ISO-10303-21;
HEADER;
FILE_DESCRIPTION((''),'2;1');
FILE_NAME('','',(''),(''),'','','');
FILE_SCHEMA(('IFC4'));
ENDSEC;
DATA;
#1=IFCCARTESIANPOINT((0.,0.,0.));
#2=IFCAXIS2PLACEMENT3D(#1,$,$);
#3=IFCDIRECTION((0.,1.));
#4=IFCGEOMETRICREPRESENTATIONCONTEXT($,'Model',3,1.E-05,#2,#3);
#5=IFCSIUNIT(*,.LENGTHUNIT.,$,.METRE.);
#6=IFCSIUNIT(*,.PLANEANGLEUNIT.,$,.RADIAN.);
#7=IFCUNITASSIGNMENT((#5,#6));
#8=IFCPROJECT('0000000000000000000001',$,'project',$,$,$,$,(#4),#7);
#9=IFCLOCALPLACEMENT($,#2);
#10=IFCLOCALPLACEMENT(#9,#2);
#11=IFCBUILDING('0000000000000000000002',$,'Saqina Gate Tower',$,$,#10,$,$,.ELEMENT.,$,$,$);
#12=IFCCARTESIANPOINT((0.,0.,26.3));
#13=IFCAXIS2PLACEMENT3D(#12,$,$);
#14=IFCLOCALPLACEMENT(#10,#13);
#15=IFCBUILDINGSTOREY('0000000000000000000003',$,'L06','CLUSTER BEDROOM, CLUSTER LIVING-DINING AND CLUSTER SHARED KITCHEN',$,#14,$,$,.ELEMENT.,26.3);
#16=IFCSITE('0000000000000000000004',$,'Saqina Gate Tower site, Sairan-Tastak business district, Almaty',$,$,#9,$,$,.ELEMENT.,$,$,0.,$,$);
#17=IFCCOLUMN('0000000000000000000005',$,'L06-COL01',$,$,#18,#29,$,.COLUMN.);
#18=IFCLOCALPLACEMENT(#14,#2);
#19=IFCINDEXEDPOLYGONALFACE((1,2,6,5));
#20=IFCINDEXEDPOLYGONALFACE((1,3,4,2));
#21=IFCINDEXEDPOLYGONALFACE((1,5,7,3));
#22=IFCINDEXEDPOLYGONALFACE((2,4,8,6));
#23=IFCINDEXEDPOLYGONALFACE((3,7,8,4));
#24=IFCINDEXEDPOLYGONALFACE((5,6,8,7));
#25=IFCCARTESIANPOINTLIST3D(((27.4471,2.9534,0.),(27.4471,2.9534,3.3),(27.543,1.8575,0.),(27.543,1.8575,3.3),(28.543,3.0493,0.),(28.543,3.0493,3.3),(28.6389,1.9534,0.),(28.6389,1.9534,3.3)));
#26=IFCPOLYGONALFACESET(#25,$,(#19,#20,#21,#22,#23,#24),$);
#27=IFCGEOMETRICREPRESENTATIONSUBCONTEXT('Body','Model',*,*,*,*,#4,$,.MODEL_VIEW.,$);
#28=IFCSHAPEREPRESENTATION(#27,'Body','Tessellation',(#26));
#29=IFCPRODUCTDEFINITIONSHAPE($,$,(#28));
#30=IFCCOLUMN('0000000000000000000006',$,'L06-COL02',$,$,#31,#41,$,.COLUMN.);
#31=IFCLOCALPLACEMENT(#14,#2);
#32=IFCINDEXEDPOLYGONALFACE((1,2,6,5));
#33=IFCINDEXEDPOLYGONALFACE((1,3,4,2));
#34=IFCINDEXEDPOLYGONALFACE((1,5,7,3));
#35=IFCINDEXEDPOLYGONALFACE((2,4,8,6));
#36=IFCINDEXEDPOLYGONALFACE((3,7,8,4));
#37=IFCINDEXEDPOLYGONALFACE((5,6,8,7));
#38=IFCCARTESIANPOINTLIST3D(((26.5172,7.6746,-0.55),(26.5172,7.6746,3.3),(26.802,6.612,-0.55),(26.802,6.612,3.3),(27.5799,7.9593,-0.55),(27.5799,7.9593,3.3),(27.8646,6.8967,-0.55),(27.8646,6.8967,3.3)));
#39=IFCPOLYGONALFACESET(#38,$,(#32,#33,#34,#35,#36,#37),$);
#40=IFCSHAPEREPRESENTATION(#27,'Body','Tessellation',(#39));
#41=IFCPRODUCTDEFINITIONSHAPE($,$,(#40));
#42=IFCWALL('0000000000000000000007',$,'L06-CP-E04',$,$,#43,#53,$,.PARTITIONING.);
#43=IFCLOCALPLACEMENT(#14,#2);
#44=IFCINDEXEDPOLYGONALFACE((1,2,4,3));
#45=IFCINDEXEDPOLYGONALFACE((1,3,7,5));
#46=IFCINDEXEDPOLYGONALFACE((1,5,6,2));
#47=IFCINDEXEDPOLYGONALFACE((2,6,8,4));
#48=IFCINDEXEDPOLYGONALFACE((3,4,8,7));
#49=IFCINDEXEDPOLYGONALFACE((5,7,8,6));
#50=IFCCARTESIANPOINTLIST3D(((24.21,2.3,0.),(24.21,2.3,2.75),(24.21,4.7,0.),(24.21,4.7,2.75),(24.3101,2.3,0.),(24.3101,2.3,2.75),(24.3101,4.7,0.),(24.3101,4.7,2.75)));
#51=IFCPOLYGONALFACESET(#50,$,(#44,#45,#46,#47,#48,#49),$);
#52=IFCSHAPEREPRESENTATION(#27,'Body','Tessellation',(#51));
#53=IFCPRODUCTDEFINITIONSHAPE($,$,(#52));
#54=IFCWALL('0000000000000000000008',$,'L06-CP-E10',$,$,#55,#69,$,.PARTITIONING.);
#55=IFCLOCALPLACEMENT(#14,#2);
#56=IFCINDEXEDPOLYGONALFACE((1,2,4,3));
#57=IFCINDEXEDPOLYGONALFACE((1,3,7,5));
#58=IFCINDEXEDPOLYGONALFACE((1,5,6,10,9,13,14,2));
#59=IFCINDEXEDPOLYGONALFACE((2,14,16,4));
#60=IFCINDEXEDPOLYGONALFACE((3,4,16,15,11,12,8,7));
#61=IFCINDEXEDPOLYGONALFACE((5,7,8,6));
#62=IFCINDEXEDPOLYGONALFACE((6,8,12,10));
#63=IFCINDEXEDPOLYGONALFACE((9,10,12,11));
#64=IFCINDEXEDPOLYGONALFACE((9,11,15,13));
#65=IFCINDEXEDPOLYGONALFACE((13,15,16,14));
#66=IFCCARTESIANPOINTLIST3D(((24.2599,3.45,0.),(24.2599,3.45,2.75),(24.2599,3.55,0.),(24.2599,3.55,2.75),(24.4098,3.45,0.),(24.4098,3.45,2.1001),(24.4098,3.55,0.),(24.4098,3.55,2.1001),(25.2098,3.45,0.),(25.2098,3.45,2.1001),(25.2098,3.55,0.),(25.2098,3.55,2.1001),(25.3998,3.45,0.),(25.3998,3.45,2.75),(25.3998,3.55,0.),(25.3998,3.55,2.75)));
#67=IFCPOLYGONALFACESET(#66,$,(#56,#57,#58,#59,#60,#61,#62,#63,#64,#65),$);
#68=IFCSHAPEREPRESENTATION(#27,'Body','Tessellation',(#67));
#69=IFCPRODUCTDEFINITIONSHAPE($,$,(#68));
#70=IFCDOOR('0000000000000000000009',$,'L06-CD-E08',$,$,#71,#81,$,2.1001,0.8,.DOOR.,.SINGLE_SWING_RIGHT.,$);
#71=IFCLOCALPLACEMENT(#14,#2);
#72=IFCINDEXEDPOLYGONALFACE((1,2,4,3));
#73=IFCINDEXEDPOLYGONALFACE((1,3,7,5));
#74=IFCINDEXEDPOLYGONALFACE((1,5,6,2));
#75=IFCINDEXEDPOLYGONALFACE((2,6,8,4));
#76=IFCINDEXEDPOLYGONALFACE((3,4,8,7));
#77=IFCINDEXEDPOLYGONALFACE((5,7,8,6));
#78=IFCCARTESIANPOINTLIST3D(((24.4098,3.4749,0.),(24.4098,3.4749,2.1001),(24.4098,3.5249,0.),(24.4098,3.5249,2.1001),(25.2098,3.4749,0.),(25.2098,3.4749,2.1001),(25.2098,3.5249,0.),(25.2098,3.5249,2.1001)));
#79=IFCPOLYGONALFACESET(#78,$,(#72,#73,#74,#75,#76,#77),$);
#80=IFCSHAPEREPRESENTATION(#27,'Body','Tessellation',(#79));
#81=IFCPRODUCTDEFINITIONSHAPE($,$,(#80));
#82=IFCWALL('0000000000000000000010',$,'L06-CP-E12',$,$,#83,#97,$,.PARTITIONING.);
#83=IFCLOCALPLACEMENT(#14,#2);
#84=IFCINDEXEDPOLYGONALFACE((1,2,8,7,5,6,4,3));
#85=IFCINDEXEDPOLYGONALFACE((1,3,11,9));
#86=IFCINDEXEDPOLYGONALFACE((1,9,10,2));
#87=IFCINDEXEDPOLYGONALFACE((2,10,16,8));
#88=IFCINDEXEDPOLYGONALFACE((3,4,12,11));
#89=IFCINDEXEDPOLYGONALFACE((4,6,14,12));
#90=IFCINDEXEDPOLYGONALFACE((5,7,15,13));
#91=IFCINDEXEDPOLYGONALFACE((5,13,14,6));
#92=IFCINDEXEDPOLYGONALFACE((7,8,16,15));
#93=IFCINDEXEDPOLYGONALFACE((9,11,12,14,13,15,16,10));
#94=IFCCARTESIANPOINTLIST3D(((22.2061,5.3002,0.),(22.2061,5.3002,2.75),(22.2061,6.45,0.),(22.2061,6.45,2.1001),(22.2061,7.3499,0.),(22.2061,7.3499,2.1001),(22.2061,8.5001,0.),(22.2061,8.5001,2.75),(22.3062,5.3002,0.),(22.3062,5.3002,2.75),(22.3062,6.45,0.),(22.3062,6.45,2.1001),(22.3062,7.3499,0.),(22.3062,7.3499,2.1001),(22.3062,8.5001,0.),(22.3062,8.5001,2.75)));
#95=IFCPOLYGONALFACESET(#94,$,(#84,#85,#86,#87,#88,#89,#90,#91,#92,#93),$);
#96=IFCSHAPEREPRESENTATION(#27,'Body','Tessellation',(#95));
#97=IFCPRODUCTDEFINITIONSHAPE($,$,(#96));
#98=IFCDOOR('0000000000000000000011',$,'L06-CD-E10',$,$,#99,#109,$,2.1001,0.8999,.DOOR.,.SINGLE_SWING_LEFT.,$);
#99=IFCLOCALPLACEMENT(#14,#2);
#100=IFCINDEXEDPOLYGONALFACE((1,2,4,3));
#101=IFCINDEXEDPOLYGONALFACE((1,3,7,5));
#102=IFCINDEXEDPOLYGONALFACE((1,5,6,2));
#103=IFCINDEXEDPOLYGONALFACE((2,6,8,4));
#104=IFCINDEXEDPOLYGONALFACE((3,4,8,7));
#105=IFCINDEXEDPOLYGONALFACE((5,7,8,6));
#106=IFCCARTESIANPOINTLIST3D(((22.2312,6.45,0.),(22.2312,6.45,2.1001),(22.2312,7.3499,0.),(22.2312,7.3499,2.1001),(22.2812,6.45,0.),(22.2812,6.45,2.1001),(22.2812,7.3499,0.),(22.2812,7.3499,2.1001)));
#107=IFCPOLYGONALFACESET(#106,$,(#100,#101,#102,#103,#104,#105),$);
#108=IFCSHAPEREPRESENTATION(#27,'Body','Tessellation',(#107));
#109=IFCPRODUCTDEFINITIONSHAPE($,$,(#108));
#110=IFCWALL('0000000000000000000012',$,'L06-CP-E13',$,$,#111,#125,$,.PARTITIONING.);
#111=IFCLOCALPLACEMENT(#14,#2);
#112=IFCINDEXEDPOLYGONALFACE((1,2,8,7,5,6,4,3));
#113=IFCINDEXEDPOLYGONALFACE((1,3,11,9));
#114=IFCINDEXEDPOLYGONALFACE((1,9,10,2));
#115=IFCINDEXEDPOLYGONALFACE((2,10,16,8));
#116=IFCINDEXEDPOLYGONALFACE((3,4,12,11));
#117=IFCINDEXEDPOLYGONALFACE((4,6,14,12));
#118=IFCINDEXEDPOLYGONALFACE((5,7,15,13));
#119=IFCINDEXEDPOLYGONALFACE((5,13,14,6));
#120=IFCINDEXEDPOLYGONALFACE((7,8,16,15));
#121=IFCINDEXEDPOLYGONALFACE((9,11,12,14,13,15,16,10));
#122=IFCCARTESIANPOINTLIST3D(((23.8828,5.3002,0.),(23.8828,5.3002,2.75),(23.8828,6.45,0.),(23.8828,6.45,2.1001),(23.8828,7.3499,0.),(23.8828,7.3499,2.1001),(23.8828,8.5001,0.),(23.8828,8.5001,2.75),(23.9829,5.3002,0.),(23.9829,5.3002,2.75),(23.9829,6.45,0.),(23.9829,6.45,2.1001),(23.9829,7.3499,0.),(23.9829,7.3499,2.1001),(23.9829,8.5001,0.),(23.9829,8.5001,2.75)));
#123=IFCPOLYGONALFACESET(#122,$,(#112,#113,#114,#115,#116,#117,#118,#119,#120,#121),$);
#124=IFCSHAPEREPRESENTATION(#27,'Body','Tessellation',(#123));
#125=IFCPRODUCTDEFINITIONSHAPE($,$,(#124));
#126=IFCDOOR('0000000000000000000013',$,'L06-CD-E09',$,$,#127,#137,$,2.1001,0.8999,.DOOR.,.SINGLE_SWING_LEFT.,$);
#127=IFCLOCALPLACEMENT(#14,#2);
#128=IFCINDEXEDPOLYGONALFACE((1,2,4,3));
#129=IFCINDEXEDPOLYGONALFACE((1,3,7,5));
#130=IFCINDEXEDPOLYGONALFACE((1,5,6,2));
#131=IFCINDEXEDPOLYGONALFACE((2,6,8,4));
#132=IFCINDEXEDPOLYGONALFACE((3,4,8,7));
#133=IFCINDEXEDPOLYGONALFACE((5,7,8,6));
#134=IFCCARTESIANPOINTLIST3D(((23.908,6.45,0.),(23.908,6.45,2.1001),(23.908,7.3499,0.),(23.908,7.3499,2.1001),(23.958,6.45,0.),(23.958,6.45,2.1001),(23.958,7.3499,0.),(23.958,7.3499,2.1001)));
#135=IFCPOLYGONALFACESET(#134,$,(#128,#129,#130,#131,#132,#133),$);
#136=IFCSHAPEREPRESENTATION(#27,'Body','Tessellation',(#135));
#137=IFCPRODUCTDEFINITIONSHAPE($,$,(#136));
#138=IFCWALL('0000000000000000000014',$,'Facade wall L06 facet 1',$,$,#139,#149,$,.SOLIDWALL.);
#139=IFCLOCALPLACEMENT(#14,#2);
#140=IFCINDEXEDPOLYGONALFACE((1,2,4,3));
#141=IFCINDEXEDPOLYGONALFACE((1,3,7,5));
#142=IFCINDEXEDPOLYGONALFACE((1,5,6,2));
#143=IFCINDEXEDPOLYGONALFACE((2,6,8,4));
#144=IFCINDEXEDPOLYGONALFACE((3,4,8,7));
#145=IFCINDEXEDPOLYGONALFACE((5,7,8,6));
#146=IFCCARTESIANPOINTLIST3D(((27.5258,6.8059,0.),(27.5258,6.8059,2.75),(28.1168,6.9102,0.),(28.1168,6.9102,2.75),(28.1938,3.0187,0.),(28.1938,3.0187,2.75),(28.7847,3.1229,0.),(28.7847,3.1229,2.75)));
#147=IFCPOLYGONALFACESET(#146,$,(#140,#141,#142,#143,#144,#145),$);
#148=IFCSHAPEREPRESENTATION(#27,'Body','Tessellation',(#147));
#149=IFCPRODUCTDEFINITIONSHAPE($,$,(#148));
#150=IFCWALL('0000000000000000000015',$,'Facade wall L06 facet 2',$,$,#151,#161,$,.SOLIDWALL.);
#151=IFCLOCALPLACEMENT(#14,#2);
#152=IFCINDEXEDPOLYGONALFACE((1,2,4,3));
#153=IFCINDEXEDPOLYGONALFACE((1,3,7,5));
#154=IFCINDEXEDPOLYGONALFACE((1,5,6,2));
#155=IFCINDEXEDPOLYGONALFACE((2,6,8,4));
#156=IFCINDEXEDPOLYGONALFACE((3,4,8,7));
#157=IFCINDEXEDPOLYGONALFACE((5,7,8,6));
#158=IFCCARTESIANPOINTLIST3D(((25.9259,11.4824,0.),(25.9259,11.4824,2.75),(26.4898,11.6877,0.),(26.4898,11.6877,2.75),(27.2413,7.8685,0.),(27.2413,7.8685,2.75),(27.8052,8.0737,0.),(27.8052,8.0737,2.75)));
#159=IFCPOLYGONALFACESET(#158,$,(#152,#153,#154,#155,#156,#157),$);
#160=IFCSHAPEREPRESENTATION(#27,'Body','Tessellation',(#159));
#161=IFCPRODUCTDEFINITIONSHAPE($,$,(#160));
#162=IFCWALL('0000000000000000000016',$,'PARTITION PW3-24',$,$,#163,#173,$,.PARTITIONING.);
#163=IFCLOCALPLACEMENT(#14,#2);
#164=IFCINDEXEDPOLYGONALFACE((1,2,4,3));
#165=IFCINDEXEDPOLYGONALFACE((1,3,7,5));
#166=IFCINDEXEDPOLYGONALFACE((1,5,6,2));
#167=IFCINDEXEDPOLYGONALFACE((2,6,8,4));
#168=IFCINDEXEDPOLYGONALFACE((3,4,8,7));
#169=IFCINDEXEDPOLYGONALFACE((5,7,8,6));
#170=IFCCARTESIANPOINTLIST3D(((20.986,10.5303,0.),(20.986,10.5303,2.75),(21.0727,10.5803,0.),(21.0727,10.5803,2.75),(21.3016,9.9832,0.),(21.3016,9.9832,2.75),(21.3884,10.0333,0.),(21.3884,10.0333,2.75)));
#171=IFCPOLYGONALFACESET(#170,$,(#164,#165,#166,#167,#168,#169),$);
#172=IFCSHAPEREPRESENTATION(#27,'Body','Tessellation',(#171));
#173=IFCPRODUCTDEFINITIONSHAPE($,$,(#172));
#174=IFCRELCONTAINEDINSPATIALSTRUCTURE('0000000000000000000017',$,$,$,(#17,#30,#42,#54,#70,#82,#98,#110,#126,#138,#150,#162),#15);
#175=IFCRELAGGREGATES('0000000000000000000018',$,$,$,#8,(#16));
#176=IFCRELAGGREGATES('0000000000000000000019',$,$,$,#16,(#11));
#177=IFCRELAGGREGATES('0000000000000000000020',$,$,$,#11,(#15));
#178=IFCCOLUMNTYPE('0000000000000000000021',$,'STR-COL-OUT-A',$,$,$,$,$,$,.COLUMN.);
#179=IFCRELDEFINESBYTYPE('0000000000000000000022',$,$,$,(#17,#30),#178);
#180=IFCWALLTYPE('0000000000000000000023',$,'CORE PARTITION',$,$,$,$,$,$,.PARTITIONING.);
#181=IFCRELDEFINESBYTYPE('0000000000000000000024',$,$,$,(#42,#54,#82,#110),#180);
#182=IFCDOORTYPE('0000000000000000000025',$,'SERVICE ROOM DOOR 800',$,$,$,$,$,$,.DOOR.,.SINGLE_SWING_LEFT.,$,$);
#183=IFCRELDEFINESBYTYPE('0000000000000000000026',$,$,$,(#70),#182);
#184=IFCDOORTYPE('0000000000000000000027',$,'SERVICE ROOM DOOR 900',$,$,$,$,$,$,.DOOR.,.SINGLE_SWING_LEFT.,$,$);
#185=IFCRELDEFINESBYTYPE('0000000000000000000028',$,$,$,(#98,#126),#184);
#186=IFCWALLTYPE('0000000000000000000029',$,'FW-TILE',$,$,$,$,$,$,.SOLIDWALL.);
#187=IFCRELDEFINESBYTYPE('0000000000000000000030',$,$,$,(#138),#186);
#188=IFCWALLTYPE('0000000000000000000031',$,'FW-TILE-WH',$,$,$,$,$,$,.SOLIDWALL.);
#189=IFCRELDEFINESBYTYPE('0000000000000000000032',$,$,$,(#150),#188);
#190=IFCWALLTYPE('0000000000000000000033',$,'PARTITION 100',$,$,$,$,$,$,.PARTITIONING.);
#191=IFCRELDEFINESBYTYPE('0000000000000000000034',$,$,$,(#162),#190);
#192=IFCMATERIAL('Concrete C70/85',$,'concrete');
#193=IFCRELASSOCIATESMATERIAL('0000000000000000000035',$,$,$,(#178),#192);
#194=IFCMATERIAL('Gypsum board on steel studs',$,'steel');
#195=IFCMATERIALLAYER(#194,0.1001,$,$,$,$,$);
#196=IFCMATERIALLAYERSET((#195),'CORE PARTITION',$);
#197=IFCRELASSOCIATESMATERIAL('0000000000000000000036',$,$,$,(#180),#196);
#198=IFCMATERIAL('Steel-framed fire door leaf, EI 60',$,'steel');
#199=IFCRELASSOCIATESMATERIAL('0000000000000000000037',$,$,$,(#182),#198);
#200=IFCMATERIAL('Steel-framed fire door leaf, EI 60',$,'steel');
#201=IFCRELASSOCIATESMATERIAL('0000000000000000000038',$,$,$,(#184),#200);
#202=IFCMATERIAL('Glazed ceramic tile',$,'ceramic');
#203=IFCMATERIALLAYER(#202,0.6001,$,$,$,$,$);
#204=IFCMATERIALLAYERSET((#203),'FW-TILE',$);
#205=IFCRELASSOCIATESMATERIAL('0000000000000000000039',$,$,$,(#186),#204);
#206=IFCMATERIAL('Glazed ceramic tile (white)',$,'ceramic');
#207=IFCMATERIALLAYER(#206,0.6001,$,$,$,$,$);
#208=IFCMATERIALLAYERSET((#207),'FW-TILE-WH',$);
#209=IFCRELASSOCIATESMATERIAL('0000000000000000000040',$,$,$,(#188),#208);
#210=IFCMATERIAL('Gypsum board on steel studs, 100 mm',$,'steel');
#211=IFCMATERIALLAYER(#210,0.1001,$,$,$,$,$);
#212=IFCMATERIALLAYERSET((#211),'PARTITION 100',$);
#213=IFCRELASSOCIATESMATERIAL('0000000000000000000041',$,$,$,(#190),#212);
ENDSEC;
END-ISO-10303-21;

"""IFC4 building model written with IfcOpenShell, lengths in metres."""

from ifc_helpers import new_model, si_unit, direction, frame, frame_2d, origin, origin_2d, place, context, subcontext, project, spatial, rectangle, extrude, material, layer, layer_set, material_profile, profile_set, type_object, element, fill, save


model = new_model("IFC4")

# Units and contexts
model_context = context("Model", 3, precision=1e-05, world=origin(), true_north=direction((0.0, 1.0)))
body_context = subcontext(model_context, "Body", "Model", "MODEL_VIEW")
ifc_project = project(units=[si_unit("LENGTHUNIT", "METRE"), si_unit("PLANEANGLEUNIT", "RADIAN")], contexts=[model_context])

# Site, building, storey
site_placement = place(None, origin())
site = spatial("IfcSite", under=ifc_project, at=site_placement, Name="Saqina Gate Tower site, Sairan-Tastak business district, Almaty", CompositionType="ELEMENT", RefElevation=0.0)
building_placement = place(site_placement, origin())
building = spatial("IfcBuilding", under=site, at=building_placement, Name="Saqina Gate Tower", CompositionType="ELEMENT")
storey_placement = place(building_placement, frame((0.0, 0.0, 26.3)))
storey = spatial("IfcBuildingStorey", under=building, at=storey_placement, Name="L06", Description="CLUSTER BEDROOM, CLUSTER LIVING-DINING AND CLUSTER SHARED KITCHEN", CompositionType="ELEMENT", Elevation=26.3)

# Columns
ifc_material_1 = material(Name="Concrete C70/85", Category="concrete")
ifc_material_profile = material_profile(ifc_material_1, rectangle(XDim=1.1001, YDim=1.1001, at=origin_2d()), Name="RC 1100x1100")
ifc_profile_set = profile_set([ifc_material_profile], Name="Concrete C70/85")
column_type = type_object("IfcColumnType", Name="STR-COL-OUT-A", PredefinedType="COLUMN", material=ifc_profile_set)
column_1_placement = place(storey_placement, frame((28.043, 2.4534, 0.0), z_axis=(0.0, 0.0, 1.0), x_axis=(0.996195, 0.087156, 0.0)))
element("IfcColumn", 1, at=column_1_placement, inside=storey, type_object=column_type, Name="L06-COL01", PredefinedType="COLUMN", context=body_context, shape_type="SweptSolid", body=[
    extrude(rectangle(XDim=1.1001, YDim=1.1001, at=origin_2d()), origin(), (0.0, 0.0, 1.0), 3.3),
])
column_2_placement = place(storey_placement, frame((27.1909, 7.2856, -0.55), z_axis=(0.0, 0.0, 1.0), x_axis=(0.965926, 0.258819, 0.0)))
element("IfcColumn", 2, at=column_2_placement, inside=storey, type_object=column_type, Name="L06-COL02", PredefinedType="COLUMN", context=body_context, shape_type="SweptSolid", body=[
    extrude(rectangle(XDim=1.1001, YDim=1.1001, at=origin_2d()), origin(), (0.0, 0.0, 1.0), 3.8501),
])

# Wall
ifc_material_2 = material(Name="Gypsum board on steel studs", Category="steel")
ifc_layer_1 = layer(ifc_material_2, 0.1001)
ifc_layer_set_1 = layer_set([ifc_layer_1], Name="CORE PARTITION")
wall_type_1 = type_object("IfcWallType", Name="CORE PARTITION", PredefinedType="PARTITIONING", material=ifc_layer_set_1)
wall_1_placement = place(storey_placement, frame((24.26, 2.3, 0.0), z_axis=(0.0, 0.0, 1.0), x_axis=(0.0, 1.0, 0.0)))
element("IfcWall", 3, at=wall_1_placement, inside=storey, type_object=wall_type_1, Name="L06-CP-E04", PredefinedType="PARTITIONING", context=body_context, shape_type="SweptSolid", body=[
    extrude(rectangle(XDim=2.3999, YDim=0.1001, at=frame_2d((1.2, 0.0))), origin(), (0.0, 0.0, 1.0), 2.75),
])

# Walls, openings, doors
wall_2_placement = place(storey_placement, frame((24.26, 3.5, 0.0), z_axis=(0.0, 0.0, 1.0), x_axis=(1.0, 0.0, 0.0)))
wall_2 = element("IfcWall", 4, at=wall_2_placement, inside=storey, type_object=wall_type_1, Name="L06-CP-E10", PredefinedType="PARTITIONING", context=body_context, shape_type="SweptSolid", body=[
    extrude(rectangle(XDim=1.1399, YDim=0.1001, at=frame_2d((0.5698, 0.0))), origin(), (0.0, 0.0, 1.0), 2.75),
])
opening_1_placement = place(wall_2_placement, frame((0.1499, 0.0, 0.0)))
opening_1 = element("IfcOpeningElement", 5, at=opening_1_placement, cuts=wall_2, PredefinedType="OPENING", context=body_context, shape_type="SweptSolid", body=[
    extrude(rectangle(XDim=0.8, YDim=2.1001, at=frame_2d((0.3999, 1.05))), frame((0.0, 0.062, 0.0), z_axis=(0.0, -1.0, 0.0), x_axis=(1.0, 0.0, 0.0)), (0.0, 0.0, 1.0), 0.124),
])
ifc_material_3 = material(Name="Steel-framed fire door leaf, EI 60", Category="steel")
door_type_1 = type_object("IfcDoorType", Name="SERVICE ROOM DOOR 800", OperationType="SINGLE_SWING_LEFT", PredefinedType="DOOR", material=ifc_material_3)
door_1_placement = place(opening_1_placement, origin())
door_1 = element("IfcDoor", 6, at=door_1_placement, inside=storey, type_object=door_type_1, Name="L06-CD-E08", OperationType="SINGLE_SWING_RIGHT", OverallHeight=2.1001, OverallWidth=0.8, PredefinedType="DOOR", context=body_context, shape_type="SweptSolid", body=[
    extrude(rectangle(XDim=0.8, YDim=2.1001, at=frame_2d((0.3999, 1.05))), frame((0.0, 0.0249, 0.0), z_axis=(0.0, -1.0, 0.0), x_axis=(1.0, 0.0, 0.0)), (0.0, 0.0, 1.0), 0.05),
])
fill(opening_1, door_1)
wall_3_placement = place(storey_placement, frame((22.2561, 5.3, 0.0), z_axis=(0.0, 0.0, 1.0), x_axis=(0.0, 1.0, 0.0)))
wall_3 = element("IfcWall", 7, at=wall_3_placement, inside=storey, type_object=wall_type_1, Name="L06-CP-E12", PredefinedType="PARTITIONING", context=body_context, shape_type="SweptSolid", body=[
    extrude(rectangle(XDim=3.2, YDim=0.1001, at=frame_2d((1.6001, 0.0))), origin(), (0.0, 0.0, 1.0), 2.75),
])
opening_2_placement = place(wall_3_placement, frame((1.1499, 0.0, 0.0)))
opening_2 = element("IfcOpeningElement", 8, at=opening_2_placement, cuts=wall_3, PredefinedType="OPENING", context=body_context, shape_type="SweptSolid", body=[
    extrude(rectangle(XDim=0.8999, YDim=2.1001, at=frame_2d((0.45, 1.05))), frame((0.0, 0.062, 0.0), z_axis=(0.0, -1.0, 0.0), x_axis=(1.0, 0.0, 0.0)), (0.0, 0.0, 1.0), 0.124),
])
ifc_material_4 = material(Name="Steel-framed fire door leaf, EI 60", Category="steel")
door_type_2 = type_object("IfcDoorType", Name="SERVICE ROOM DOOR 900", OperationType="SINGLE_SWING_LEFT", PredefinedType="DOOR", material=ifc_material_4)
door_2_placement = place(opening_2_placement, origin())
door_2 = element("IfcDoor", 9, at=door_2_placement, inside=storey, type_object=door_type_2, Name="L06-CD-E10", OperationType="SINGLE_SWING_LEFT", OverallHeight=2.1001, OverallWidth=0.8999, PredefinedType="DOOR", context=body_context, shape_type="SweptSolid", body=[
    extrude(rectangle(XDim=0.8999, YDim=2.1001, at=frame_2d((0.45, 1.05))), frame((0.0, 0.0249, 0.0), z_axis=(0.0, -1.0, 0.0), x_axis=(1.0, 0.0, 0.0)), (0.0, 0.0, 1.0), 0.05),
])
fill(opening_2, door_2)
wall_4_placement = place(storey_placement, frame((23.9329, 5.3, 0.0), z_axis=(0.0, 0.0, 1.0), x_axis=(0.0, 1.0, 0.0)))
wall_4 = element("IfcWall", 10, at=wall_4_placement, inside=storey, type_object=wall_type_1, Name="L06-CP-E13", PredefinedType="PARTITIONING", context=body_context, shape_type="SweptSolid", body=[
    extrude(rectangle(XDim=3.2, YDim=0.1001, at=frame_2d((1.6001, 0.0))), origin(), (0.0, 0.0, 1.0), 2.75),
])
opening_3_placement = place(wall_4_placement, frame((1.1499, 0.0, 0.0)))
opening_3 = element("IfcOpeningElement", 11, at=opening_3_placement, cuts=wall_4, PredefinedType="OPENING", context=body_context, shape_type="SweptSolid", body=[
    extrude(rectangle(XDim=0.8999, YDim=2.1001, at=frame_2d((0.45, 1.05))), frame((0.0, 0.062, 0.0), z_axis=(0.0, -1.0, 0.0), x_axis=(1.0, 0.0, 0.0)), (0.0, 0.0, 1.0), 0.124),
])
door_3_placement = place(opening_3_placement, origin())
door_3 = element("IfcDoor", 12, at=door_3_placement, inside=storey, type_object=door_type_2, Name="L06-CD-E09", OperationType="SINGLE_SWING_LEFT", OverallHeight=2.1001, OverallWidth=0.8999, PredefinedType="DOOR", context=body_context, shape_type="SweptSolid", body=[
    extrude(rectangle(XDim=0.8999, YDim=2.1001, at=frame_2d((0.45, 1.05))), frame((0.0, 0.0249, 0.0), z_axis=(0.0, -1.0, 0.0), x_axis=(1.0, 0.0, 0.0)), (0.0, 0.0, 1.0), 0.05),
])
fill(opening_3, door_3)

# Walls
ifc_material_5 = material(Name="Glazed ceramic tile", Category="ceramic")
ifc_layer_2 = layer(ifc_material_5, 0.6001)
ifc_layer_set_2 = layer_set([ifc_layer_2], Name="FW-TILE")
wall_type_2 = type_object("IfcWallType", Name="FW-TILE", PredefinedType="SOLIDWALL", material=ifc_layer_set_2)
wall_5_placement = place(storey_placement, frame((28.4893, 3.0708, 0.0), z_axis=(0.0, 0.0, 1.0), x_axis=(-0.173688, 0.984801, 0.0)))
element("IfcWall", 13, at=wall_5_placement, inside=storey, type_object=wall_type_2, Name="Facade wall L06 facet 1", PredefinedType="SOLIDWALL", context=body_context, shape_type="SweptSolid", body=[
    extrude(rectangle(XDim=3.8457, YDim=0.6001, at=frame_2d((1.9229, 0.0))), origin(), (0.0, 0.0, 1.0), 2.75),
])
ifc_material_6 = material(Name="Glazed ceramic tile (white)", Category="ceramic")
ifc_layer_3 = layer(ifc_material_6, 0.6001)
ifc_layer_set_3 = layer_set([ifc_layer_3], Name="FW-TILE-WH")
wall_type_3 = type_object("IfcWallType", Name="FW-TILE-WH", PredefinedType="SOLIDWALL", material=ifc_layer_set_3)
wall_6_placement = place(storey_placement, frame((27.5232, 7.9712, 0.0), z_axis=(0.0, 0.0, 1.0), x_axis=(-0.342028, 0.93969, 0.0)))
element("IfcWall", 14, at=wall_6_placement, inside=storey, type_object=wall_type_3, Name="Facade wall L06 facet 2", PredefinedType="SOLIDWALL", context=body_context, shape_type="SweptSolid", body=[
    extrude(rectangle(XDim=3.8459, YDim=0.6001, at=frame_2d((1.9229, 0.0))), origin(), (0.0, 0.0, 1.0), 2.75),
])
ifc_material_7 = material(Name="Gypsum board on steel studs, 100 mm", Category="steel")
ifc_layer_4 = layer(ifc_material_7, 0.1001)
ifc_layer_set_4 = layer_set([ifc_layer_4], Name="PARTITION 100")
wall_type_4 = type_object("IfcWallType", Name="PARTITION 100", PredefinedType="PARTITIONING", material=ifc_layer_set_4)
wall_7_placement = place(storey_placement, frame((21.0293, 10.5554, 0.0), z_axis=(0.0, 0.0, 1.0), x_axis=(0.499756, -0.866166, 0.0)))
element("IfcWall", 15, at=wall_7_placement, inside=storey, type_object=wall_type_4, Name="PARTITION PW3-24", PredefinedType="PARTITIONING", context=body_context, shape_type="SweptSolid", body=[
    extrude(rectangle(XDim=0.6316, YDim=0.1001, at=frame_2d((0.3159, 0.0))), origin(), (0.0, 0.0, 1.0), 2.75),
])

save(model, "model.ifc")
